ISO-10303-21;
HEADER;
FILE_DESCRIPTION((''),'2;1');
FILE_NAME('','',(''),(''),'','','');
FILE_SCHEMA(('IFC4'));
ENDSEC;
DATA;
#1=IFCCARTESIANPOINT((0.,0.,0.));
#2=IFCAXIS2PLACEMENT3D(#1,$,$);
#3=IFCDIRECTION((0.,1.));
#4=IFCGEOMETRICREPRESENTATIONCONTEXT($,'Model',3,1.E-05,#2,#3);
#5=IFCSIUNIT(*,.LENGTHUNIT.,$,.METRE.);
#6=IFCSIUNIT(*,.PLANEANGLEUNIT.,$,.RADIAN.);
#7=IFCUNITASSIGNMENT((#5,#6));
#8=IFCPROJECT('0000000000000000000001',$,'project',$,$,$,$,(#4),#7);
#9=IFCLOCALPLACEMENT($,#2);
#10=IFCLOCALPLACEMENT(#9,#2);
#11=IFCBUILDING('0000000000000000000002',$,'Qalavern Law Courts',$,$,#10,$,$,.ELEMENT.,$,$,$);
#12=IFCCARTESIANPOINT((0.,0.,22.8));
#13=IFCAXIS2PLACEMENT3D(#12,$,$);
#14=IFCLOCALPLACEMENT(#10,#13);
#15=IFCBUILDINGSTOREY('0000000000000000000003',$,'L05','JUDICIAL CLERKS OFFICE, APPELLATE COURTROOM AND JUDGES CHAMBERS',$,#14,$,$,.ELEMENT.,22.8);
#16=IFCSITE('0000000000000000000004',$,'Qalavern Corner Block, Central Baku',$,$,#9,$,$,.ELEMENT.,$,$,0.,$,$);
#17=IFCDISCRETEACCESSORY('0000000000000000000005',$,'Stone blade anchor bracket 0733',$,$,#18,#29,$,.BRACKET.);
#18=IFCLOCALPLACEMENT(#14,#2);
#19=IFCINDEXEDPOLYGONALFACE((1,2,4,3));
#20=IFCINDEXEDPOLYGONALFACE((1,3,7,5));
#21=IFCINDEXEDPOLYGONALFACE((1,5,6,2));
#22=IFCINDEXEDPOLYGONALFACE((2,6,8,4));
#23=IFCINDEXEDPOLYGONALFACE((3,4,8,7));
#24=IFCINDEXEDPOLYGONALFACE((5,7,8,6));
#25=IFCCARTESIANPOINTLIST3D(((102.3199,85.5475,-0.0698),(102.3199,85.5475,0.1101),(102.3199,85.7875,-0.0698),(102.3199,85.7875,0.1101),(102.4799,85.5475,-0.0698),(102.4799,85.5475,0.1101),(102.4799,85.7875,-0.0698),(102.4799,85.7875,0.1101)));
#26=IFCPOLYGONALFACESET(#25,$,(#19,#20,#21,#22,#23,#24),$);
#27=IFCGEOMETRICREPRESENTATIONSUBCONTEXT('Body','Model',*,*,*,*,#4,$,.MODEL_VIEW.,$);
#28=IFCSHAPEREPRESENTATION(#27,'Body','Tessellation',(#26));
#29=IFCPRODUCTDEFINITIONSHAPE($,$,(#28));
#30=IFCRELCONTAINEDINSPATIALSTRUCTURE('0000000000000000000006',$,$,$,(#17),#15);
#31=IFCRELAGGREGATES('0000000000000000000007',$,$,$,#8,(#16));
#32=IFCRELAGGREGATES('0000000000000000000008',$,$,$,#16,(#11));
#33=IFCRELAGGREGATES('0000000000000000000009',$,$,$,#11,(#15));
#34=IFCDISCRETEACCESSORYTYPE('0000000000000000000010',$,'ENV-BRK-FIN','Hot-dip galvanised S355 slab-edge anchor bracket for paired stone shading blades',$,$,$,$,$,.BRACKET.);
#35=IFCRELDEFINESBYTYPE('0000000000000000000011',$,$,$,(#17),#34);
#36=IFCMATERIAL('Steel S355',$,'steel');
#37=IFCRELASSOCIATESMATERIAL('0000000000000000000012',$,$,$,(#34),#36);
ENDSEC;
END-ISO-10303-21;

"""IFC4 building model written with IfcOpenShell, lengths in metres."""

from ifc_helpers import new_model, si_unit, direction, frame, origin, origin_2d, place, context, subcontext, project, spatial, rectangle, extrude, material, type_object, element, save


model = new_model("IFC4")

# Units and contexts
model_context = context("Model", 3, precision=1e-05, world=origin(), true_north=direction((0.0, 1.0)))
body_context = subcontext(model_context, "Body", "Model", "MODEL_VIEW")
ifc_project = project(units=[si_unit("LENGTHUNIT", "METRE"), si_unit("PLANEANGLEUNIT", "RADIAN")], contexts=[model_context])

# Site, building, storey
site_placement = place(None, origin())
site = spatial("IfcSite", under=ifc_project, at=site_placement, Name="Qalavern Corner Block, Central Baku", CompositionType="ELEMENT", RefElevation=0.0)
building_placement = place(site_placement, origin())
building = spatial("IfcBuilding", under=site, at=building_placement, Name="Qalavern Law Courts", CompositionType="ELEMENT")
storey_placement = place(building_placement, frame((0.0, 0.0, 22.8)))
storey = spatial("IfcBuildingStorey", under=building, at=storey_placement, Name="L05", Description="JUDICIAL CLERKS OFFICE, APPELLATE COURTROOM AND JUDGES CHAMBERS", CompositionType="ELEMENT", Elevation=22.8)

# Discrete accessory
ifc_material_1 = material(Name="Steel S355", Category="steel")
discrete_accessory_type = type_object("IfcDiscreteAccessoryType", Name="ENV-BRK-FIN", Description="Hot-dip galvanised S355 slab-edge anchor bracket for paired stone shading blades", PredefinedType="BRACKET", material=ifc_material_1)
for number, where, z_axis, x_axis, name in (
    (1, (102.3999, 85.6675, -0.0698), (0.0, 0.0, 1.0), (0.0, 1.0, 0.0), "Stone blade anchor bracket 0733"),
):
    element("IfcDiscreteAccessory", number, at=place(storey_placement, frame(where, z_axis=z_axis, x_axis=x_axis)), inside=storey, type_object=discrete_accessory_type, Name=name, PredefinedType="BRACKET", context=body_context, shape_type="SweptSolid", body=[
        extrude(rectangle(XDim=0.24, YDim=0.1599, at=origin_2d()), origin(), (0.0, 0.0, 1.0), 0.1799),
    ])

save(model, "model.ifc")
